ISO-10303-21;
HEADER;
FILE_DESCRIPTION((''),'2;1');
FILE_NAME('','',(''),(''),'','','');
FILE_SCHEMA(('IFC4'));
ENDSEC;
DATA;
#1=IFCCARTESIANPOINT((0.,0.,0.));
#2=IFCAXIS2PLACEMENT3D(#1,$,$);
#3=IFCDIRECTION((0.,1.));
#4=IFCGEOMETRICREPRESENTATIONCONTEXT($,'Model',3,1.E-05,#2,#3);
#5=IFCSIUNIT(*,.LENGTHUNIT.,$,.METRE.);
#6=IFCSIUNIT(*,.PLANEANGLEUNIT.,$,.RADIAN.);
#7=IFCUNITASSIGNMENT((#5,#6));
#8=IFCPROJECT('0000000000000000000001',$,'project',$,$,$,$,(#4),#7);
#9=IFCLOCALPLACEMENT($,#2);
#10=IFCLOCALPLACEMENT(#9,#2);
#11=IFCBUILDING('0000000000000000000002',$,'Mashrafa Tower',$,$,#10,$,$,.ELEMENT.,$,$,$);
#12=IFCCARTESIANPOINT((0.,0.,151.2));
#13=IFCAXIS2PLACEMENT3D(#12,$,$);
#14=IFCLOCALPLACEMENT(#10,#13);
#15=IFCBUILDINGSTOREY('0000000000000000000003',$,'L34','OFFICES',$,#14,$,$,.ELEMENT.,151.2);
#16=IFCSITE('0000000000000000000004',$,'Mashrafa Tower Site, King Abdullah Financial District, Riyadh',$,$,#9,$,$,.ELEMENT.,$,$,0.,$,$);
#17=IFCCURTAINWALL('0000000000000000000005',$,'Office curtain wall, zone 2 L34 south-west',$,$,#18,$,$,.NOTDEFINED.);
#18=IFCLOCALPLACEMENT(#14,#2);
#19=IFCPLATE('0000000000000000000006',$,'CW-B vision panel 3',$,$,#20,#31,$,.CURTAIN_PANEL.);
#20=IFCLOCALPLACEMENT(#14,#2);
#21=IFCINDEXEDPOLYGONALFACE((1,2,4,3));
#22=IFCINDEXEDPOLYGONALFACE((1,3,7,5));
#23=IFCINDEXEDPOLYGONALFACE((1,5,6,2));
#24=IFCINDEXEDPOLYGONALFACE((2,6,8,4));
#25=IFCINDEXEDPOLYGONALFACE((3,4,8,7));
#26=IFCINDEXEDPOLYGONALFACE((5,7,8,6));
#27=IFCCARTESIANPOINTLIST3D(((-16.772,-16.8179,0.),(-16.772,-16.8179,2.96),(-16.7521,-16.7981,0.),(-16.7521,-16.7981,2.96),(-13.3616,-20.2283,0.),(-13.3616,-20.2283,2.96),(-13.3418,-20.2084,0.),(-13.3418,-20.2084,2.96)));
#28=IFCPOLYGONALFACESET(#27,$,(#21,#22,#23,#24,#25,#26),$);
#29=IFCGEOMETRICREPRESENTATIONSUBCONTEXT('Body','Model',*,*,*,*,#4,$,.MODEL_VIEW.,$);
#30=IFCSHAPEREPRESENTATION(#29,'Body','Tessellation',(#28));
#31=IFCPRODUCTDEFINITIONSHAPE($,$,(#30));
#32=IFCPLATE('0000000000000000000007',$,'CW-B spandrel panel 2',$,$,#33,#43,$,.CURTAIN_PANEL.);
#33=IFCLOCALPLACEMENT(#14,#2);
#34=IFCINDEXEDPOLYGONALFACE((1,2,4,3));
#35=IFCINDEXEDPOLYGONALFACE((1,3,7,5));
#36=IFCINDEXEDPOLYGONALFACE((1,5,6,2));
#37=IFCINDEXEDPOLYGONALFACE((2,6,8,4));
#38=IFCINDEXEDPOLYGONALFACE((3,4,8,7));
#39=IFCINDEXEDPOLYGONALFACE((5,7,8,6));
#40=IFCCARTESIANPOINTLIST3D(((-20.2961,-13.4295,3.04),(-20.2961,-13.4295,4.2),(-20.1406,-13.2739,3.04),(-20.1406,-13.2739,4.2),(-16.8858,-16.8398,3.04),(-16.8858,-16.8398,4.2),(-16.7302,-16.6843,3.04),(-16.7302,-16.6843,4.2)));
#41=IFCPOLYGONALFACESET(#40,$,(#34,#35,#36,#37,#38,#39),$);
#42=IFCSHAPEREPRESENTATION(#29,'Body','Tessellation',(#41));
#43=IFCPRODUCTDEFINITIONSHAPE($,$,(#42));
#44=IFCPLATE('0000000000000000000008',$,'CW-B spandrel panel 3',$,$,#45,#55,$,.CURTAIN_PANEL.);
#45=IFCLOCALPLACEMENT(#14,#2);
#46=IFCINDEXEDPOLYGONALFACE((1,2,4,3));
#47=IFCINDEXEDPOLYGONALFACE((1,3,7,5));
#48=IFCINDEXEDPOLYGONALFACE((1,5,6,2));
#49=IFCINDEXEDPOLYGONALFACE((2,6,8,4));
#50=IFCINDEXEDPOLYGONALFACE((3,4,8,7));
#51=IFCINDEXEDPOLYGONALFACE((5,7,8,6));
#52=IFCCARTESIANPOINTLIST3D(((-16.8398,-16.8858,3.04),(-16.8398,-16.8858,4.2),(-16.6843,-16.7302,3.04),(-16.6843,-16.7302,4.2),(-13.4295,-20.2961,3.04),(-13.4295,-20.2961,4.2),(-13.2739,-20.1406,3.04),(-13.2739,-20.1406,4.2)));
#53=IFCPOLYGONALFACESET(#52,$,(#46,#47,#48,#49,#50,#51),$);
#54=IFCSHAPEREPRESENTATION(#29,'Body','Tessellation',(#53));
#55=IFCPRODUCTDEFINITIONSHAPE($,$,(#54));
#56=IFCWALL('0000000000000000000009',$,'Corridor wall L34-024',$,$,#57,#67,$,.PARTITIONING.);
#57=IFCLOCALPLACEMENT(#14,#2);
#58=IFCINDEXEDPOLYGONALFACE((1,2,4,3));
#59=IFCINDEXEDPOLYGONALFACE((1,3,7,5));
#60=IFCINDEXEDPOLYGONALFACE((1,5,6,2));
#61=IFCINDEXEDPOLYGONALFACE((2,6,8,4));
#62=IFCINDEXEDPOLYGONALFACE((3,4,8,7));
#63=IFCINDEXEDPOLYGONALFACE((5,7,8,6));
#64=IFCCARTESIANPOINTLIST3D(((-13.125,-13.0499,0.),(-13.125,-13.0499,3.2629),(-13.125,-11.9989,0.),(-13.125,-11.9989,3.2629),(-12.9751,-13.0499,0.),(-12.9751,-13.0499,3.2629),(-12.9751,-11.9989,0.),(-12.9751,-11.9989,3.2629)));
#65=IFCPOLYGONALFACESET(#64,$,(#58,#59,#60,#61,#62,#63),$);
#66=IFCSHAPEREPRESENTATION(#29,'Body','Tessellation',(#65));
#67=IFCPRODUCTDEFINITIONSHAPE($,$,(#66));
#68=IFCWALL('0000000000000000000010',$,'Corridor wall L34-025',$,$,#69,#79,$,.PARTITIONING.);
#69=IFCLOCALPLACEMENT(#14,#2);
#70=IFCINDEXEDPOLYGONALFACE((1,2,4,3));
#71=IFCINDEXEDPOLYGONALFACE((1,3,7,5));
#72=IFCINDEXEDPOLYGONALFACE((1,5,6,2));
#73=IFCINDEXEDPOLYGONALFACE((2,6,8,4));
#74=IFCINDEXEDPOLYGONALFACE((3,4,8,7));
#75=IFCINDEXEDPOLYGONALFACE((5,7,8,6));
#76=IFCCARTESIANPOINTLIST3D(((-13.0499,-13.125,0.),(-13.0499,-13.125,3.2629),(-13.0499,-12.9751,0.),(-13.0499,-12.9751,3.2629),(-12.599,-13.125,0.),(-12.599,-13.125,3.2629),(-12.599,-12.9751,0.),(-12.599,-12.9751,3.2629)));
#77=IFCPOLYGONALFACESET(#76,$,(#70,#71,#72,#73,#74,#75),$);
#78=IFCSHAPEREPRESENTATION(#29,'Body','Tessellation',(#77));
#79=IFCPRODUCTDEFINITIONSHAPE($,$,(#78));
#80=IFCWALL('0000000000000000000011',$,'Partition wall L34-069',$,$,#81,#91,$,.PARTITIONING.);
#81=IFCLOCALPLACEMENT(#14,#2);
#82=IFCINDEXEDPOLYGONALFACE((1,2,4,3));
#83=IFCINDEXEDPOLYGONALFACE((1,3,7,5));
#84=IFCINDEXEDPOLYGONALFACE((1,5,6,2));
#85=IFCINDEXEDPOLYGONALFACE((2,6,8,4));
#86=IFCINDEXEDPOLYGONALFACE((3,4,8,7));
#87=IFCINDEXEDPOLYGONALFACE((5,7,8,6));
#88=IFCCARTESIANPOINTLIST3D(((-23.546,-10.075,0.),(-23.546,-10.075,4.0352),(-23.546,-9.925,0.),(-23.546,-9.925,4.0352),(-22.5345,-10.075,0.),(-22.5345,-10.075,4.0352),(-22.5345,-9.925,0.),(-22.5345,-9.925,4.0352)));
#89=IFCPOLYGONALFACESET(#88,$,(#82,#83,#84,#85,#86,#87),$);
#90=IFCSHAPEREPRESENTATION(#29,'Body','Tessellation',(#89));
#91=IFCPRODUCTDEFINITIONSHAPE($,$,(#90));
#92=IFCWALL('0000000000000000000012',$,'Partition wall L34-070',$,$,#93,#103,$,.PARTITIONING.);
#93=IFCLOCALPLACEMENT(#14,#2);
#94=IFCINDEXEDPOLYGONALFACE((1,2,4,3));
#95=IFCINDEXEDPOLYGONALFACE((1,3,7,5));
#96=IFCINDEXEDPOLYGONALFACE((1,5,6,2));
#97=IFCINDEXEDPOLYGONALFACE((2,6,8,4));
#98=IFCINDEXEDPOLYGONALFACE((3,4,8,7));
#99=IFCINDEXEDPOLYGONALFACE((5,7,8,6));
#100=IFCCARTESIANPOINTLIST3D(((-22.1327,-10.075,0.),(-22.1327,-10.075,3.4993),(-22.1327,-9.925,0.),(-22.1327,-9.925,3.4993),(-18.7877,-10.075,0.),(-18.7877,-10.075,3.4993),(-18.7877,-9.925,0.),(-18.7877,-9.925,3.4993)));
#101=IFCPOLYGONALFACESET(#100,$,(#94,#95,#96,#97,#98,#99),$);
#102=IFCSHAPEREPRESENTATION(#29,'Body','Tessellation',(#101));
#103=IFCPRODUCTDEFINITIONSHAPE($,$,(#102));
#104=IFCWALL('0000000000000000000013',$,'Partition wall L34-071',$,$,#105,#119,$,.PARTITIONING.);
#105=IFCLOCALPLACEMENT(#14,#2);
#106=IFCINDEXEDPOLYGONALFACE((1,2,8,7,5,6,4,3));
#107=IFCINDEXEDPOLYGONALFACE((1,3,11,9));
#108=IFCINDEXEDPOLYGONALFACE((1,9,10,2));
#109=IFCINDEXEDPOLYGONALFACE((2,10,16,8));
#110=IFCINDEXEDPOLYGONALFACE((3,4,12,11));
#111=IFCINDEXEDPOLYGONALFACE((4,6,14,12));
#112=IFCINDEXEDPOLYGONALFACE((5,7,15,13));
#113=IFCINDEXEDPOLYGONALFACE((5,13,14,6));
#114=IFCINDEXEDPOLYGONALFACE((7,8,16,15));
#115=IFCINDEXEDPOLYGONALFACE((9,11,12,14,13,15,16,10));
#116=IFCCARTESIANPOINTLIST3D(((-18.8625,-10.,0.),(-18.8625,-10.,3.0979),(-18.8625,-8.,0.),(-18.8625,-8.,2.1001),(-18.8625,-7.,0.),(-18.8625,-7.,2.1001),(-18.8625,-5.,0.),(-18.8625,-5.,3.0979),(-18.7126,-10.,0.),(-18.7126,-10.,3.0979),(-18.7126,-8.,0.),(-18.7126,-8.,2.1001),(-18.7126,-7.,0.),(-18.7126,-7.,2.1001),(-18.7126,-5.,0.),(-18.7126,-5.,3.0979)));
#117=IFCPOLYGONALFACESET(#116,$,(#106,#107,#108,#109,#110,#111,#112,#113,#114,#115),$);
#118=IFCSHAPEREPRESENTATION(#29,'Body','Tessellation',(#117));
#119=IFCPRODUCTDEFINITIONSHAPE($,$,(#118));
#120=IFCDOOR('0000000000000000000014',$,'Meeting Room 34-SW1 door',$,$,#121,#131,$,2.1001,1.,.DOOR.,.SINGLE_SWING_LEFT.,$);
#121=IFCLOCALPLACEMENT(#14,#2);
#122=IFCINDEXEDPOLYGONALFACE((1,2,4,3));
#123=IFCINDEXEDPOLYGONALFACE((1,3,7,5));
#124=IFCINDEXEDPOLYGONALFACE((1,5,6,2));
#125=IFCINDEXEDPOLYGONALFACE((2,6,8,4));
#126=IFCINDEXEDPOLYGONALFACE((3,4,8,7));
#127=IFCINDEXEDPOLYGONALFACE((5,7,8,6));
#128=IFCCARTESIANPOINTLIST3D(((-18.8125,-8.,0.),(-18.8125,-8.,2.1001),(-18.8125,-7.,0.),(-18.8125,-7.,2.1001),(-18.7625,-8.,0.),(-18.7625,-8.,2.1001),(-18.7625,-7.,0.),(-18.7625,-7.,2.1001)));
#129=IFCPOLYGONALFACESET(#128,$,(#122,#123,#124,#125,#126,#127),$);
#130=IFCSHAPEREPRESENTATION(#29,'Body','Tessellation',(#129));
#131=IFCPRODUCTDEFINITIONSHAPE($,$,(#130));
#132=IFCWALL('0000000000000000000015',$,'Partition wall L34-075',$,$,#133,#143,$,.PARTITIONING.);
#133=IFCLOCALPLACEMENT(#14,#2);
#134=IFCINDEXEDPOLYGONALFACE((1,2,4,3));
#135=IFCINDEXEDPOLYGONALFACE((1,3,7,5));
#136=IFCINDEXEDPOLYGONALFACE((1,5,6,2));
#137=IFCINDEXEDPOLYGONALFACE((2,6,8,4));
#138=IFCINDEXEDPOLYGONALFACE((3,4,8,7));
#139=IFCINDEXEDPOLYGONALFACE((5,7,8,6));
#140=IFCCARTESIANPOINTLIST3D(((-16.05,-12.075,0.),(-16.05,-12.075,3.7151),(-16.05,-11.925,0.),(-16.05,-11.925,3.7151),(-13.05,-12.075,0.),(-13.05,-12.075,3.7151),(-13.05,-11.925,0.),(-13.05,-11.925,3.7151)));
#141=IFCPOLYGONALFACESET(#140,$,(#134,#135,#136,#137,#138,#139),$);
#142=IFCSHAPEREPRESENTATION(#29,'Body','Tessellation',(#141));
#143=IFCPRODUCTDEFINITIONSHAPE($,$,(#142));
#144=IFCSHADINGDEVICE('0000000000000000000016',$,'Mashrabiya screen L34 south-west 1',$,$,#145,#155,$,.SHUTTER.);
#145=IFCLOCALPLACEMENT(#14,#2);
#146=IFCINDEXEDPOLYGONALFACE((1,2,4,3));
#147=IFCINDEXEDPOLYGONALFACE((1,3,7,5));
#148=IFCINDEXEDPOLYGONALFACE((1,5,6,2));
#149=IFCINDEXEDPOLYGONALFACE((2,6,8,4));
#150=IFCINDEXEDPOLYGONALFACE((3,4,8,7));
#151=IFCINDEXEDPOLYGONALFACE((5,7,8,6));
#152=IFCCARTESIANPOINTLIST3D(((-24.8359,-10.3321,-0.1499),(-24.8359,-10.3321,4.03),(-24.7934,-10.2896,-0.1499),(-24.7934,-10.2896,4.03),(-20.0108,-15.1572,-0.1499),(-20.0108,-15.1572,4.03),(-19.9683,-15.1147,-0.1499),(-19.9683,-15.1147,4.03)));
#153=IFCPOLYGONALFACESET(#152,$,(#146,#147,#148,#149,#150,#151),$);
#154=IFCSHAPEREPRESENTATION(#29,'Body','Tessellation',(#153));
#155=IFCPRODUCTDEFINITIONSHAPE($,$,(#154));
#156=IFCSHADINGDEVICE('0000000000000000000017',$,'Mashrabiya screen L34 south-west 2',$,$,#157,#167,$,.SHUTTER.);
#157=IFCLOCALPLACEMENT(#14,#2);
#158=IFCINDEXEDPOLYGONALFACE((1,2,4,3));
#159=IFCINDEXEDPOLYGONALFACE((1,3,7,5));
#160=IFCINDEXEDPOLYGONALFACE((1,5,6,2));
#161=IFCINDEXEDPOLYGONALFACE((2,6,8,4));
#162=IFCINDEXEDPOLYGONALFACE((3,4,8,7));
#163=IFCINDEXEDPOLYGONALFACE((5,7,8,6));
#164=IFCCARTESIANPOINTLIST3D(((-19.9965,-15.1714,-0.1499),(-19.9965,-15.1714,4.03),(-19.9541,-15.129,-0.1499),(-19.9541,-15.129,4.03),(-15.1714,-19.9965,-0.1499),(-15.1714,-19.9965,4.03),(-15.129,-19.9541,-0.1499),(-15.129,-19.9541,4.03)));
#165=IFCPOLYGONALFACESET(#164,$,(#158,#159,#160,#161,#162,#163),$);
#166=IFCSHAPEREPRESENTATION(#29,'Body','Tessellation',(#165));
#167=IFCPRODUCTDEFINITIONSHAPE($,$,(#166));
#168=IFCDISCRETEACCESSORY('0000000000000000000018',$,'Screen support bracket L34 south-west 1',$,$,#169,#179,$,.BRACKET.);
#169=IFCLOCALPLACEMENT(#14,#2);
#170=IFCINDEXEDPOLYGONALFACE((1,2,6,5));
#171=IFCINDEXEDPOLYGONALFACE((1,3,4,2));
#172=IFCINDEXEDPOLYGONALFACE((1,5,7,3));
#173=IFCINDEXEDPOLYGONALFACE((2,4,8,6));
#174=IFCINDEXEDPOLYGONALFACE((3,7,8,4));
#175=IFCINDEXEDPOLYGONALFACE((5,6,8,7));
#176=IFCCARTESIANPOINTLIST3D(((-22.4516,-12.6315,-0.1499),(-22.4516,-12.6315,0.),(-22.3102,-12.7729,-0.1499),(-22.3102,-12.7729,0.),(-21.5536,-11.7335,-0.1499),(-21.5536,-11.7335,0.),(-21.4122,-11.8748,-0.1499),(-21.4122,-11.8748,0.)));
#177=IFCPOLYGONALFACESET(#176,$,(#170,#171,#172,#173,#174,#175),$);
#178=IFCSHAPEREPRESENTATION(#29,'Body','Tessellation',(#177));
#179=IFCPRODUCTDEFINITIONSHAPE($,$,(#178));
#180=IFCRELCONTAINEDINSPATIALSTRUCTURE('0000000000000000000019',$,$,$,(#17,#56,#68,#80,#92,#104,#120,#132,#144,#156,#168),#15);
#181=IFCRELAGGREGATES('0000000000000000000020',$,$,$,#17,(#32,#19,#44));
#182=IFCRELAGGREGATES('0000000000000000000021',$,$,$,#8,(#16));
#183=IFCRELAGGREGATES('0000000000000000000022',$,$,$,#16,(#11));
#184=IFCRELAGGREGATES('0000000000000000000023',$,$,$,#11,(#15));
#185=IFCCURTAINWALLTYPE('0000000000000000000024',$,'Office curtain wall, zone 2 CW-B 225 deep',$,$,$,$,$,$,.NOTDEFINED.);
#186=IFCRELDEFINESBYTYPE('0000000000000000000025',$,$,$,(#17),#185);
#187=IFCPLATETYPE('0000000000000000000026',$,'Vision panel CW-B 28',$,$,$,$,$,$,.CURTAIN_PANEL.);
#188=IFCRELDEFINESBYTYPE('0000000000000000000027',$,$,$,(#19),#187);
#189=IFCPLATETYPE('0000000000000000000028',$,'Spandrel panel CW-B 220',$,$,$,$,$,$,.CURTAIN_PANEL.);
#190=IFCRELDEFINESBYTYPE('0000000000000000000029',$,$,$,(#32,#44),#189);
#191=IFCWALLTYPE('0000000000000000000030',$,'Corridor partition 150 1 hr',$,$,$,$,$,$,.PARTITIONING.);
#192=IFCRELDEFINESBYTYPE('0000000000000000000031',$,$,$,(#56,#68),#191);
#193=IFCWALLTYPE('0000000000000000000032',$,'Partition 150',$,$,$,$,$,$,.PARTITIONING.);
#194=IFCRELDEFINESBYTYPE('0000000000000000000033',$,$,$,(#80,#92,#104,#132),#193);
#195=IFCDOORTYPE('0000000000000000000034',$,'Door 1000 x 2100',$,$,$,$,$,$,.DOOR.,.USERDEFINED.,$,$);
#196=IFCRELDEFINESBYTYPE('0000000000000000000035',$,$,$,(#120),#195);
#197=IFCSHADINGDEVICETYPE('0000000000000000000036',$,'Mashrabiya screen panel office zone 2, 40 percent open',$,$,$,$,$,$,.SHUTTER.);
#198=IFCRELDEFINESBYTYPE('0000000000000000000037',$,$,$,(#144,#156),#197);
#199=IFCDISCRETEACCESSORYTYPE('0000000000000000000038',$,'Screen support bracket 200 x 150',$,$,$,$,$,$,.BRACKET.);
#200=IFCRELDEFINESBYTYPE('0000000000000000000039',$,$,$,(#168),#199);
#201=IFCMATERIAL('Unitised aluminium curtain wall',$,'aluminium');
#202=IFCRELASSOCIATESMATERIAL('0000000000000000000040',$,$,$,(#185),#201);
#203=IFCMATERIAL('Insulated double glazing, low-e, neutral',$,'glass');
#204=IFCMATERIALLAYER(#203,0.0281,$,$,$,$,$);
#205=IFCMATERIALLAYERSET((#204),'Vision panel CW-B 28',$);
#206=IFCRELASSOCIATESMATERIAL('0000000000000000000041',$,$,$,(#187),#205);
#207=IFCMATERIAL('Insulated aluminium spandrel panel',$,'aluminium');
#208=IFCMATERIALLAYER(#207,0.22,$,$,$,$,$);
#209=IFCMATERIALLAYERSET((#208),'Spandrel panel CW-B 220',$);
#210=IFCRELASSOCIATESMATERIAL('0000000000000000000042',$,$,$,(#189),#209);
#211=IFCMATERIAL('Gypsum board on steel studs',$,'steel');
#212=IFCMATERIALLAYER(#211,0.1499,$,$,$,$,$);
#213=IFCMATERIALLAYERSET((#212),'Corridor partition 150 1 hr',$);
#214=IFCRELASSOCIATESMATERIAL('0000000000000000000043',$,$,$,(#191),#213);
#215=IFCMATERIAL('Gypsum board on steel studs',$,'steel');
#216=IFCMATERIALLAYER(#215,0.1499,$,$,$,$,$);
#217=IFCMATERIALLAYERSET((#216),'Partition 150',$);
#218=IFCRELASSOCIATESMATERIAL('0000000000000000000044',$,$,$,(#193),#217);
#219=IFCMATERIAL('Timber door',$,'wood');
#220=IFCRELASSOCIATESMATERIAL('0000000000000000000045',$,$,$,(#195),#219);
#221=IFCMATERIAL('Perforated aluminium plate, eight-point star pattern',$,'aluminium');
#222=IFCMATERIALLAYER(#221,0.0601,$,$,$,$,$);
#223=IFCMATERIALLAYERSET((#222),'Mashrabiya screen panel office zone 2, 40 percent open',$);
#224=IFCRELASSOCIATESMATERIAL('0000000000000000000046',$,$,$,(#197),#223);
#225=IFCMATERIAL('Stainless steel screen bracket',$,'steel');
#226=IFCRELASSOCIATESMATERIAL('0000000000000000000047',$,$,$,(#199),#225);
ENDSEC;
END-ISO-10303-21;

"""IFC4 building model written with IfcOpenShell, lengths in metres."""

from ifc_helpers import new_model, si_unit, direction, frame, frame_2d, origin, origin_2d, place, context, subcontext, project, spatial, rectangle, extrude, source, transform, mapped, material, layer, layer_set, type_object, type_shapes, element, fill, aggregate, save


model = new_model("IFC4")

# Units and contexts
model_context = context("Model", 3, precision=1e-05, world=origin(), true_north=direction((0.0, 1.0)))
body_context = subcontext(model_context, "Body", "Model", "MODEL_VIEW")
ifc_project = project(units=[si_unit("LENGTHUNIT", "METRE"), si_unit("PLANEANGLEUNIT", "RADIAN")], contexts=[model_context])

# Site, building, storey
site_placement = place(None, origin())
site = spatial("IfcSite", under=ifc_project, at=site_placement, Name="Mashrafa Tower Site, King Abdullah Financial District, Riyadh", CompositionType="ELEMENT", RefElevation=0.0)
building_placement = place(site_placement, origin())
building = spatial("IfcBuilding", under=site, at=building_placement, Name="Mashrafa Tower", CompositionType="ELEMENT")
storey_placement = place(building_placement, frame((0.0, 0.0, 151.2)))
storey = spatial("IfcBuildingStorey", under=building, at=storey_placement, Name="L34", Description="OFFICES", CompositionType="ELEMENT", Elevation=151.2)

# Curtain wall, plates
ifc_material_1 = material(Name="Unitised aluminium curtain wall", Category="aluminium")
curtain_wall_type = type_object("IfcCurtainWallType", Name="Office curtain wall, zone 2 CW-B 225 deep", PredefinedType="NOTDEFINED", material=ifc_material_1)
curtain_wall_placement = place(storey_placement, origin())
curtain_wall = element("IfcCurtainWall", 1, at=curtain_wall_placement, inside=storey, type_object=curtain_wall_type, Name="Office curtain wall, zone 2 L34 south-west", PredefinedType="NOTDEFINED")
ifc_material_2 = material(Name="Insulated double glazing, low-e, neutral", Category="glass")
ifc_layer_1 = layer(ifc_material_2, 0.0281)
ifc_layer_set_1 = layer_set([ifc_layer_1], Name="Vision panel CW-B 28")
plate_type_1 = type_object("IfcPlateType", Name="Vision panel CW-B 28", PredefinedType="CURTAIN_PANEL", material=ifc_layer_set_1)
ifc_material_3 = material(Name="Insulated aluminium spandrel panel", Category="aluminium")
ifc_layer_2 = layer(ifc_material_3, 0.22)
ifc_layer_set_2 = layer_set([ifc_layer_2], Name="Spandrel panel CW-B 220")
plate_type_2 = type_object("IfcPlateType", Name="Spandrel panel CW-B 220", PredefinedType="CURTAIN_PANEL", material=ifc_layer_set_2)
shared_shape_1 = source(origin(), body_context, "Body", "SweptSolid", [
    extrude(rectangle(XDim=4.823, YDim=0.0281, at=origin_2d()), origin(), (0.0, 0.0, 1.0), 2.96),
])
plate_1_placement = place(storey_placement, frame((-15.0569, -18.5132, 0.0), z_axis=(0.0, 0.0, 1.0), x_axis=(0.707107, -0.707107, 0.0)))
plate_1 = element("IfcPlate", 2, at=plate_1_placement, type_object=plate_type_1, Name="CW-B vision panel 3", PredefinedType="CURTAIN_PANEL", context=body_context, shape_type="MappedRepresentation", body=[
    mapped(shared_shape_1, transform((0.0, 0.0, 0.0))),
])
shared_shape_2 = source(origin(), body_context, "Body", "SweptSolid", [
    extrude(rectangle(XDim=4.823, YDim=0.22, at=origin_2d()), origin(), (0.0, 0.0, 1.0), 1.1599),
])
plate_2_placement = place(storey_placement, frame((-18.5132, -15.0569, 3.04), z_axis=(0.0, 0.0, 1.0), x_axis=(0.707107, -0.707107, 0.0)))
plate_2 = element("IfcPlate", 3, at=plate_2_placement, type_object=plate_type_2, Name="CW-B spandrel panel 2", PredefinedType="CURTAIN_PANEL", context=body_context, shape_type="MappedRepresentation", body=[
    mapped(shared_shape_2, transform((0.0, 0.0, 0.0))),
])
plate_3_placement = place(storey_placement, frame((-15.0569, -18.5132, 3.04), z_axis=(0.0, 0.0, 1.0), x_axis=(0.707107, -0.707107, 0.0)))
plate_3 = element("IfcPlate", 4, at=plate_3_placement, type_object=plate_type_2, Name="CW-B spandrel panel 3", PredefinedType="CURTAIN_PANEL", context=body_context, shape_type="MappedRepresentation", body=[
    mapped(shared_shape_2, transform((0.0, 0.0, 0.0))),
])
aggregate(curtain_wall, [plate_2, plate_1, plate_3])

# Walls
ifc_material_4 = material(Name="Gypsum board on steel studs", Category="steel")
ifc_layer_3 = layer(ifc_material_4, 0.1499)
ifc_layer_set_3 = layer_set([ifc_layer_3], Name="Corridor partition 150 1 hr")
wall_type_1 = type_object("IfcWallType", Name="Corridor partition 150 1 hr", PredefinedType="PARTITIONING", material=ifc_layer_set_3)
wall_1_placement = place(storey_placement, frame((-13.05, -11.999, 0.0), z_axis=(0.0, 0.0, 1.0), x_axis=(0.0, -1.0, 0.0)))
element("IfcWall", 5, at=wall_1_placement, inside=storey, type_object=wall_type_1, Name="Corridor wall L34-024", PredefinedType="PARTITIONING", context=body_context, shape_type="SweptSolid", body=[
    extrude(rectangle(XDim=1.051, YDim=0.1499, at=frame_2d((0.5254, 0.0))), origin(), (0.0, 0.0, 1.0), 3.2629),
])
wall_2_placement = place(storey_placement, frame((-13.05, -13.05, 0.0), z_axis=(0.0, 0.0, 1.0), x_axis=(1.0, 0.0, 0.0)))
element("IfcWall", 6, at=wall_2_placement, inside=storey, type_object=wall_type_1, Name="Corridor wall L34-025", PredefinedType="PARTITIONING", context=body_context, shape_type="SweptSolid", body=[
    extrude(rectangle(XDim=0.4509, YDim=0.1499, at=frame_2d((0.2256, 0.0))), origin(), (0.0, 0.0, 1.0), 3.2629),
])
ifc_material_5 = material(Name="Gypsum board on steel studs", Category="steel")
ifc_layer_4 = layer(ifc_material_5, 0.1499)
ifc_layer_set_4 = layer_set([ifc_layer_4], Name="Partition 150")
wall_type_2 = type_object("IfcWallType", Name="Partition 150", PredefinedType="PARTITIONING", material=ifc_layer_set_4)
wall_3_placement = place(storey_placement, frame((-23.5461, -10.0, 0.0), z_axis=(0.0, 0.0, 1.0), x_axis=(1.0, 0.0, 0.0)))
element("IfcWall", 7, at=wall_3_placement, inside=storey, type_object=wall_type_2, Name="Partition wall L34-069", PredefinedType="PARTITIONING", context=body_context, shape_type="SweptSolid", body=[
    extrude(rectangle(XDim=1.0115, YDim=0.1499, at=frame_2d((0.5059, 0.0))), origin(), (0.0, 0.0, 1.0), 4.0352),
])
wall_4_placement = place(storey_placement, frame((-22.1326, -10.0, 0.0), z_axis=(0.0, 0.0, 1.0), x_axis=(1.0, 0.0, 0.0)))
element("IfcWall", 8, at=wall_4_placement, inside=storey, type_object=wall_type_2, Name="Partition wall L34-070", PredefinedType="PARTITIONING", context=body_context, shape_type="SweptSolid", body=[
    extrude(rectangle(XDim=3.345, YDim=0.1499, at=frame_2d((1.6724, 0.0))), origin(), (0.0, 0.0, 1.0), 3.4993),
])

# Wall, opening, door
wall_5_placement = place(storey_placement, frame((-18.7876, -10.0, 0.0), z_axis=(0.0, 0.0, 1.0), x_axis=(0.0, 1.0, 0.0)))
wall_5 = element("IfcWall", 9, at=wall_5_placement, inside=storey, type_object=wall_type_2, Name="Partition wall L34-071", PredefinedType="PARTITIONING", context=body_context, shape_type="SweptSolid", body=[
    extrude(rectangle(XDim=5.0, YDim=0.1499, at=frame_2d((2.5, 0.0))), origin(), (0.0, 0.0, 1.0), 3.0979),
])
opening_placement = place(wall_5_placement, frame((2.0, 0.0, 0.0)))
opening = element("IfcOpeningElement", 10, at=opening_placement, cuts=wall_5, PredefinedType="OPENING", context=body_context, shape_type="SweptSolid", body=[
    extrude(rectangle(XDim=1.0, YDim=2.1001, at=frame_2d((0.5, 1.05))), frame((0.0, 0.085, 0.0), z_axis=(0.0, -1.0, 0.0), x_axis=(1.0, 0.0, 0.0)), (0.0, 0.0, 1.0), 0.1699),
])
ifc_material_6 = material(Name="Timber door", Category="wood")
door_type = type_object("IfcDoorType", Name="Door 1000 x 2100", OperationType="USERDEFINED", PredefinedType="DOOR", material=ifc_material_6)
door_placement = place(opening_placement, origin())
door = element("IfcDoor", 11, at=door_placement, inside=storey, type_object=door_type, Name="Meeting Room 34-SW1 door", OperationType="SINGLE_SWING_LEFT", OverallHeight=2.1001, OverallWidth=1.0, PredefinedType="DOOR", context=body_context, shape_type="SweptSolid", body=[
    extrude(rectangle(XDim=1.0, YDim=2.1001, at=frame_2d((0.5, 1.05))), frame((0.0, 0.0249, 0.0), z_axis=(0.0, -1.0, 0.0), x_axis=(1.0, 0.0, 0.0)), (0.0, 0.0, 1.0), 0.05),
])
fill(opening, door)

# Wall
wall_6_placement = place(storey_placement, frame((-16.05, -12.0, 0.0), z_axis=(0.0, 0.0, 1.0), x_axis=(1.0, 0.0, 0.0)))
element("IfcWall", 12, at=wall_6_placement, inside=storey, type_object=wall_type_2, Name="Partition wall L34-075", PredefinedType="PARTITIONING", context=body_context, shape_type="SweptSolid", body=[
    extrude(rectangle(XDim=3.0, YDim=0.1499, at=frame_2d((1.5, 0.0))), origin(), (0.0, 0.0, 1.0), 3.7151),
])

# Shading devices
ifc_material_7 = material(Name="Perforated aluminium plate, eight-point star pattern", Category="aluminium")
ifc_layer_5 = layer(ifc_material_7, 0.0601)
ifc_layer_set_5 = layer_set([ifc_layer_5], Name="Mashrabiya screen panel office zone 2, 40 percent open")
shading_device_type = type_object("IfcShadingDeviceType", Name="Mashrabiya screen panel office zone 2, 40 percent open", PredefinedType="SHUTTER", material=ifc_layer_set_5)
shared_shape_3 = source(origin(), body_context, "Body", "SweptSolid", [
    extrude(rectangle(XDim=6.8237, YDim=0.0601, at=origin_2d()), origin(), (0.0, 0.0, 1.0), 4.1799),
])
type_shapes(shading_device_type, [shared_shape_3])
for number, where, z_axis, x_axis, name in (
    (13, (-22.4021, -12.7234, -0.1499), (0.0, 0.0, 1.0), (0.707107, -0.707107, 0.0), "Mashrabiya screen L34 south-west 1"),
    (14, (-17.5627, -17.5627, -0.1499), (0.0, 0.0, 1.0), (0.707107, -0.707107, 0.0), "Mashrabiya screen L34 south-west 2"),
):
    element("IfcShadingDevice", number, at=place(storey_placement, frame(where, z_axis=z_axis, x_axis=x_axis)), inside=storey, type_object=shading_device_type, Name=name, PredefinedType="SHUTTER", context=body_context, shape_type="MappedRepresentation", body=[
        mapped(shared_shape_3, transform((0.0, 0.0, 0.0))),
    ])

# Discrete accessory
ifc_material_8 = material(Name="Stainless steel screen bracket", Category="steel")
discrete_accessory_type = type_object("IfcDiscreteAccessoryType", Name="Screen support bracket 200 x 150", PredefinedType="BRACKET", material=ifc_material_8)
shared_shape_4 = source(origin(), body_context, "Body", "SweptSolid", [
    extrude(rectangle(XDim=0.2, YDim=1.27, at=origin_2d()), origin(), (0.0, 0.0, 1.0), 0.1499),
])
type_shapes(discrete_accessory_type, [shared_shape_4])
for number, where, z_axis, x_axis, name in (
    (15, (-21.9319, -12.2532, -0.1499), (0.0, 0.0, 1.0), (0.707107, -0.707107, 0.0), "Screen support bracket L34 south-west 1"),
):
    element("IfcDiscreteAccessory", number, at=place(storey_placement, frame(where, z_axis=z_axis, x_axis=x_axis)), inside=storey, type_object=discrete_accessory_type, Name=name, PredefinedType="BRACKET", context=body_context, shape_type="MappedRepresentation", body=[
        mapped(shared_shape_4, transform((0.0, 0.0, 0.0))),
    ])

save(model, "model.ifc")
